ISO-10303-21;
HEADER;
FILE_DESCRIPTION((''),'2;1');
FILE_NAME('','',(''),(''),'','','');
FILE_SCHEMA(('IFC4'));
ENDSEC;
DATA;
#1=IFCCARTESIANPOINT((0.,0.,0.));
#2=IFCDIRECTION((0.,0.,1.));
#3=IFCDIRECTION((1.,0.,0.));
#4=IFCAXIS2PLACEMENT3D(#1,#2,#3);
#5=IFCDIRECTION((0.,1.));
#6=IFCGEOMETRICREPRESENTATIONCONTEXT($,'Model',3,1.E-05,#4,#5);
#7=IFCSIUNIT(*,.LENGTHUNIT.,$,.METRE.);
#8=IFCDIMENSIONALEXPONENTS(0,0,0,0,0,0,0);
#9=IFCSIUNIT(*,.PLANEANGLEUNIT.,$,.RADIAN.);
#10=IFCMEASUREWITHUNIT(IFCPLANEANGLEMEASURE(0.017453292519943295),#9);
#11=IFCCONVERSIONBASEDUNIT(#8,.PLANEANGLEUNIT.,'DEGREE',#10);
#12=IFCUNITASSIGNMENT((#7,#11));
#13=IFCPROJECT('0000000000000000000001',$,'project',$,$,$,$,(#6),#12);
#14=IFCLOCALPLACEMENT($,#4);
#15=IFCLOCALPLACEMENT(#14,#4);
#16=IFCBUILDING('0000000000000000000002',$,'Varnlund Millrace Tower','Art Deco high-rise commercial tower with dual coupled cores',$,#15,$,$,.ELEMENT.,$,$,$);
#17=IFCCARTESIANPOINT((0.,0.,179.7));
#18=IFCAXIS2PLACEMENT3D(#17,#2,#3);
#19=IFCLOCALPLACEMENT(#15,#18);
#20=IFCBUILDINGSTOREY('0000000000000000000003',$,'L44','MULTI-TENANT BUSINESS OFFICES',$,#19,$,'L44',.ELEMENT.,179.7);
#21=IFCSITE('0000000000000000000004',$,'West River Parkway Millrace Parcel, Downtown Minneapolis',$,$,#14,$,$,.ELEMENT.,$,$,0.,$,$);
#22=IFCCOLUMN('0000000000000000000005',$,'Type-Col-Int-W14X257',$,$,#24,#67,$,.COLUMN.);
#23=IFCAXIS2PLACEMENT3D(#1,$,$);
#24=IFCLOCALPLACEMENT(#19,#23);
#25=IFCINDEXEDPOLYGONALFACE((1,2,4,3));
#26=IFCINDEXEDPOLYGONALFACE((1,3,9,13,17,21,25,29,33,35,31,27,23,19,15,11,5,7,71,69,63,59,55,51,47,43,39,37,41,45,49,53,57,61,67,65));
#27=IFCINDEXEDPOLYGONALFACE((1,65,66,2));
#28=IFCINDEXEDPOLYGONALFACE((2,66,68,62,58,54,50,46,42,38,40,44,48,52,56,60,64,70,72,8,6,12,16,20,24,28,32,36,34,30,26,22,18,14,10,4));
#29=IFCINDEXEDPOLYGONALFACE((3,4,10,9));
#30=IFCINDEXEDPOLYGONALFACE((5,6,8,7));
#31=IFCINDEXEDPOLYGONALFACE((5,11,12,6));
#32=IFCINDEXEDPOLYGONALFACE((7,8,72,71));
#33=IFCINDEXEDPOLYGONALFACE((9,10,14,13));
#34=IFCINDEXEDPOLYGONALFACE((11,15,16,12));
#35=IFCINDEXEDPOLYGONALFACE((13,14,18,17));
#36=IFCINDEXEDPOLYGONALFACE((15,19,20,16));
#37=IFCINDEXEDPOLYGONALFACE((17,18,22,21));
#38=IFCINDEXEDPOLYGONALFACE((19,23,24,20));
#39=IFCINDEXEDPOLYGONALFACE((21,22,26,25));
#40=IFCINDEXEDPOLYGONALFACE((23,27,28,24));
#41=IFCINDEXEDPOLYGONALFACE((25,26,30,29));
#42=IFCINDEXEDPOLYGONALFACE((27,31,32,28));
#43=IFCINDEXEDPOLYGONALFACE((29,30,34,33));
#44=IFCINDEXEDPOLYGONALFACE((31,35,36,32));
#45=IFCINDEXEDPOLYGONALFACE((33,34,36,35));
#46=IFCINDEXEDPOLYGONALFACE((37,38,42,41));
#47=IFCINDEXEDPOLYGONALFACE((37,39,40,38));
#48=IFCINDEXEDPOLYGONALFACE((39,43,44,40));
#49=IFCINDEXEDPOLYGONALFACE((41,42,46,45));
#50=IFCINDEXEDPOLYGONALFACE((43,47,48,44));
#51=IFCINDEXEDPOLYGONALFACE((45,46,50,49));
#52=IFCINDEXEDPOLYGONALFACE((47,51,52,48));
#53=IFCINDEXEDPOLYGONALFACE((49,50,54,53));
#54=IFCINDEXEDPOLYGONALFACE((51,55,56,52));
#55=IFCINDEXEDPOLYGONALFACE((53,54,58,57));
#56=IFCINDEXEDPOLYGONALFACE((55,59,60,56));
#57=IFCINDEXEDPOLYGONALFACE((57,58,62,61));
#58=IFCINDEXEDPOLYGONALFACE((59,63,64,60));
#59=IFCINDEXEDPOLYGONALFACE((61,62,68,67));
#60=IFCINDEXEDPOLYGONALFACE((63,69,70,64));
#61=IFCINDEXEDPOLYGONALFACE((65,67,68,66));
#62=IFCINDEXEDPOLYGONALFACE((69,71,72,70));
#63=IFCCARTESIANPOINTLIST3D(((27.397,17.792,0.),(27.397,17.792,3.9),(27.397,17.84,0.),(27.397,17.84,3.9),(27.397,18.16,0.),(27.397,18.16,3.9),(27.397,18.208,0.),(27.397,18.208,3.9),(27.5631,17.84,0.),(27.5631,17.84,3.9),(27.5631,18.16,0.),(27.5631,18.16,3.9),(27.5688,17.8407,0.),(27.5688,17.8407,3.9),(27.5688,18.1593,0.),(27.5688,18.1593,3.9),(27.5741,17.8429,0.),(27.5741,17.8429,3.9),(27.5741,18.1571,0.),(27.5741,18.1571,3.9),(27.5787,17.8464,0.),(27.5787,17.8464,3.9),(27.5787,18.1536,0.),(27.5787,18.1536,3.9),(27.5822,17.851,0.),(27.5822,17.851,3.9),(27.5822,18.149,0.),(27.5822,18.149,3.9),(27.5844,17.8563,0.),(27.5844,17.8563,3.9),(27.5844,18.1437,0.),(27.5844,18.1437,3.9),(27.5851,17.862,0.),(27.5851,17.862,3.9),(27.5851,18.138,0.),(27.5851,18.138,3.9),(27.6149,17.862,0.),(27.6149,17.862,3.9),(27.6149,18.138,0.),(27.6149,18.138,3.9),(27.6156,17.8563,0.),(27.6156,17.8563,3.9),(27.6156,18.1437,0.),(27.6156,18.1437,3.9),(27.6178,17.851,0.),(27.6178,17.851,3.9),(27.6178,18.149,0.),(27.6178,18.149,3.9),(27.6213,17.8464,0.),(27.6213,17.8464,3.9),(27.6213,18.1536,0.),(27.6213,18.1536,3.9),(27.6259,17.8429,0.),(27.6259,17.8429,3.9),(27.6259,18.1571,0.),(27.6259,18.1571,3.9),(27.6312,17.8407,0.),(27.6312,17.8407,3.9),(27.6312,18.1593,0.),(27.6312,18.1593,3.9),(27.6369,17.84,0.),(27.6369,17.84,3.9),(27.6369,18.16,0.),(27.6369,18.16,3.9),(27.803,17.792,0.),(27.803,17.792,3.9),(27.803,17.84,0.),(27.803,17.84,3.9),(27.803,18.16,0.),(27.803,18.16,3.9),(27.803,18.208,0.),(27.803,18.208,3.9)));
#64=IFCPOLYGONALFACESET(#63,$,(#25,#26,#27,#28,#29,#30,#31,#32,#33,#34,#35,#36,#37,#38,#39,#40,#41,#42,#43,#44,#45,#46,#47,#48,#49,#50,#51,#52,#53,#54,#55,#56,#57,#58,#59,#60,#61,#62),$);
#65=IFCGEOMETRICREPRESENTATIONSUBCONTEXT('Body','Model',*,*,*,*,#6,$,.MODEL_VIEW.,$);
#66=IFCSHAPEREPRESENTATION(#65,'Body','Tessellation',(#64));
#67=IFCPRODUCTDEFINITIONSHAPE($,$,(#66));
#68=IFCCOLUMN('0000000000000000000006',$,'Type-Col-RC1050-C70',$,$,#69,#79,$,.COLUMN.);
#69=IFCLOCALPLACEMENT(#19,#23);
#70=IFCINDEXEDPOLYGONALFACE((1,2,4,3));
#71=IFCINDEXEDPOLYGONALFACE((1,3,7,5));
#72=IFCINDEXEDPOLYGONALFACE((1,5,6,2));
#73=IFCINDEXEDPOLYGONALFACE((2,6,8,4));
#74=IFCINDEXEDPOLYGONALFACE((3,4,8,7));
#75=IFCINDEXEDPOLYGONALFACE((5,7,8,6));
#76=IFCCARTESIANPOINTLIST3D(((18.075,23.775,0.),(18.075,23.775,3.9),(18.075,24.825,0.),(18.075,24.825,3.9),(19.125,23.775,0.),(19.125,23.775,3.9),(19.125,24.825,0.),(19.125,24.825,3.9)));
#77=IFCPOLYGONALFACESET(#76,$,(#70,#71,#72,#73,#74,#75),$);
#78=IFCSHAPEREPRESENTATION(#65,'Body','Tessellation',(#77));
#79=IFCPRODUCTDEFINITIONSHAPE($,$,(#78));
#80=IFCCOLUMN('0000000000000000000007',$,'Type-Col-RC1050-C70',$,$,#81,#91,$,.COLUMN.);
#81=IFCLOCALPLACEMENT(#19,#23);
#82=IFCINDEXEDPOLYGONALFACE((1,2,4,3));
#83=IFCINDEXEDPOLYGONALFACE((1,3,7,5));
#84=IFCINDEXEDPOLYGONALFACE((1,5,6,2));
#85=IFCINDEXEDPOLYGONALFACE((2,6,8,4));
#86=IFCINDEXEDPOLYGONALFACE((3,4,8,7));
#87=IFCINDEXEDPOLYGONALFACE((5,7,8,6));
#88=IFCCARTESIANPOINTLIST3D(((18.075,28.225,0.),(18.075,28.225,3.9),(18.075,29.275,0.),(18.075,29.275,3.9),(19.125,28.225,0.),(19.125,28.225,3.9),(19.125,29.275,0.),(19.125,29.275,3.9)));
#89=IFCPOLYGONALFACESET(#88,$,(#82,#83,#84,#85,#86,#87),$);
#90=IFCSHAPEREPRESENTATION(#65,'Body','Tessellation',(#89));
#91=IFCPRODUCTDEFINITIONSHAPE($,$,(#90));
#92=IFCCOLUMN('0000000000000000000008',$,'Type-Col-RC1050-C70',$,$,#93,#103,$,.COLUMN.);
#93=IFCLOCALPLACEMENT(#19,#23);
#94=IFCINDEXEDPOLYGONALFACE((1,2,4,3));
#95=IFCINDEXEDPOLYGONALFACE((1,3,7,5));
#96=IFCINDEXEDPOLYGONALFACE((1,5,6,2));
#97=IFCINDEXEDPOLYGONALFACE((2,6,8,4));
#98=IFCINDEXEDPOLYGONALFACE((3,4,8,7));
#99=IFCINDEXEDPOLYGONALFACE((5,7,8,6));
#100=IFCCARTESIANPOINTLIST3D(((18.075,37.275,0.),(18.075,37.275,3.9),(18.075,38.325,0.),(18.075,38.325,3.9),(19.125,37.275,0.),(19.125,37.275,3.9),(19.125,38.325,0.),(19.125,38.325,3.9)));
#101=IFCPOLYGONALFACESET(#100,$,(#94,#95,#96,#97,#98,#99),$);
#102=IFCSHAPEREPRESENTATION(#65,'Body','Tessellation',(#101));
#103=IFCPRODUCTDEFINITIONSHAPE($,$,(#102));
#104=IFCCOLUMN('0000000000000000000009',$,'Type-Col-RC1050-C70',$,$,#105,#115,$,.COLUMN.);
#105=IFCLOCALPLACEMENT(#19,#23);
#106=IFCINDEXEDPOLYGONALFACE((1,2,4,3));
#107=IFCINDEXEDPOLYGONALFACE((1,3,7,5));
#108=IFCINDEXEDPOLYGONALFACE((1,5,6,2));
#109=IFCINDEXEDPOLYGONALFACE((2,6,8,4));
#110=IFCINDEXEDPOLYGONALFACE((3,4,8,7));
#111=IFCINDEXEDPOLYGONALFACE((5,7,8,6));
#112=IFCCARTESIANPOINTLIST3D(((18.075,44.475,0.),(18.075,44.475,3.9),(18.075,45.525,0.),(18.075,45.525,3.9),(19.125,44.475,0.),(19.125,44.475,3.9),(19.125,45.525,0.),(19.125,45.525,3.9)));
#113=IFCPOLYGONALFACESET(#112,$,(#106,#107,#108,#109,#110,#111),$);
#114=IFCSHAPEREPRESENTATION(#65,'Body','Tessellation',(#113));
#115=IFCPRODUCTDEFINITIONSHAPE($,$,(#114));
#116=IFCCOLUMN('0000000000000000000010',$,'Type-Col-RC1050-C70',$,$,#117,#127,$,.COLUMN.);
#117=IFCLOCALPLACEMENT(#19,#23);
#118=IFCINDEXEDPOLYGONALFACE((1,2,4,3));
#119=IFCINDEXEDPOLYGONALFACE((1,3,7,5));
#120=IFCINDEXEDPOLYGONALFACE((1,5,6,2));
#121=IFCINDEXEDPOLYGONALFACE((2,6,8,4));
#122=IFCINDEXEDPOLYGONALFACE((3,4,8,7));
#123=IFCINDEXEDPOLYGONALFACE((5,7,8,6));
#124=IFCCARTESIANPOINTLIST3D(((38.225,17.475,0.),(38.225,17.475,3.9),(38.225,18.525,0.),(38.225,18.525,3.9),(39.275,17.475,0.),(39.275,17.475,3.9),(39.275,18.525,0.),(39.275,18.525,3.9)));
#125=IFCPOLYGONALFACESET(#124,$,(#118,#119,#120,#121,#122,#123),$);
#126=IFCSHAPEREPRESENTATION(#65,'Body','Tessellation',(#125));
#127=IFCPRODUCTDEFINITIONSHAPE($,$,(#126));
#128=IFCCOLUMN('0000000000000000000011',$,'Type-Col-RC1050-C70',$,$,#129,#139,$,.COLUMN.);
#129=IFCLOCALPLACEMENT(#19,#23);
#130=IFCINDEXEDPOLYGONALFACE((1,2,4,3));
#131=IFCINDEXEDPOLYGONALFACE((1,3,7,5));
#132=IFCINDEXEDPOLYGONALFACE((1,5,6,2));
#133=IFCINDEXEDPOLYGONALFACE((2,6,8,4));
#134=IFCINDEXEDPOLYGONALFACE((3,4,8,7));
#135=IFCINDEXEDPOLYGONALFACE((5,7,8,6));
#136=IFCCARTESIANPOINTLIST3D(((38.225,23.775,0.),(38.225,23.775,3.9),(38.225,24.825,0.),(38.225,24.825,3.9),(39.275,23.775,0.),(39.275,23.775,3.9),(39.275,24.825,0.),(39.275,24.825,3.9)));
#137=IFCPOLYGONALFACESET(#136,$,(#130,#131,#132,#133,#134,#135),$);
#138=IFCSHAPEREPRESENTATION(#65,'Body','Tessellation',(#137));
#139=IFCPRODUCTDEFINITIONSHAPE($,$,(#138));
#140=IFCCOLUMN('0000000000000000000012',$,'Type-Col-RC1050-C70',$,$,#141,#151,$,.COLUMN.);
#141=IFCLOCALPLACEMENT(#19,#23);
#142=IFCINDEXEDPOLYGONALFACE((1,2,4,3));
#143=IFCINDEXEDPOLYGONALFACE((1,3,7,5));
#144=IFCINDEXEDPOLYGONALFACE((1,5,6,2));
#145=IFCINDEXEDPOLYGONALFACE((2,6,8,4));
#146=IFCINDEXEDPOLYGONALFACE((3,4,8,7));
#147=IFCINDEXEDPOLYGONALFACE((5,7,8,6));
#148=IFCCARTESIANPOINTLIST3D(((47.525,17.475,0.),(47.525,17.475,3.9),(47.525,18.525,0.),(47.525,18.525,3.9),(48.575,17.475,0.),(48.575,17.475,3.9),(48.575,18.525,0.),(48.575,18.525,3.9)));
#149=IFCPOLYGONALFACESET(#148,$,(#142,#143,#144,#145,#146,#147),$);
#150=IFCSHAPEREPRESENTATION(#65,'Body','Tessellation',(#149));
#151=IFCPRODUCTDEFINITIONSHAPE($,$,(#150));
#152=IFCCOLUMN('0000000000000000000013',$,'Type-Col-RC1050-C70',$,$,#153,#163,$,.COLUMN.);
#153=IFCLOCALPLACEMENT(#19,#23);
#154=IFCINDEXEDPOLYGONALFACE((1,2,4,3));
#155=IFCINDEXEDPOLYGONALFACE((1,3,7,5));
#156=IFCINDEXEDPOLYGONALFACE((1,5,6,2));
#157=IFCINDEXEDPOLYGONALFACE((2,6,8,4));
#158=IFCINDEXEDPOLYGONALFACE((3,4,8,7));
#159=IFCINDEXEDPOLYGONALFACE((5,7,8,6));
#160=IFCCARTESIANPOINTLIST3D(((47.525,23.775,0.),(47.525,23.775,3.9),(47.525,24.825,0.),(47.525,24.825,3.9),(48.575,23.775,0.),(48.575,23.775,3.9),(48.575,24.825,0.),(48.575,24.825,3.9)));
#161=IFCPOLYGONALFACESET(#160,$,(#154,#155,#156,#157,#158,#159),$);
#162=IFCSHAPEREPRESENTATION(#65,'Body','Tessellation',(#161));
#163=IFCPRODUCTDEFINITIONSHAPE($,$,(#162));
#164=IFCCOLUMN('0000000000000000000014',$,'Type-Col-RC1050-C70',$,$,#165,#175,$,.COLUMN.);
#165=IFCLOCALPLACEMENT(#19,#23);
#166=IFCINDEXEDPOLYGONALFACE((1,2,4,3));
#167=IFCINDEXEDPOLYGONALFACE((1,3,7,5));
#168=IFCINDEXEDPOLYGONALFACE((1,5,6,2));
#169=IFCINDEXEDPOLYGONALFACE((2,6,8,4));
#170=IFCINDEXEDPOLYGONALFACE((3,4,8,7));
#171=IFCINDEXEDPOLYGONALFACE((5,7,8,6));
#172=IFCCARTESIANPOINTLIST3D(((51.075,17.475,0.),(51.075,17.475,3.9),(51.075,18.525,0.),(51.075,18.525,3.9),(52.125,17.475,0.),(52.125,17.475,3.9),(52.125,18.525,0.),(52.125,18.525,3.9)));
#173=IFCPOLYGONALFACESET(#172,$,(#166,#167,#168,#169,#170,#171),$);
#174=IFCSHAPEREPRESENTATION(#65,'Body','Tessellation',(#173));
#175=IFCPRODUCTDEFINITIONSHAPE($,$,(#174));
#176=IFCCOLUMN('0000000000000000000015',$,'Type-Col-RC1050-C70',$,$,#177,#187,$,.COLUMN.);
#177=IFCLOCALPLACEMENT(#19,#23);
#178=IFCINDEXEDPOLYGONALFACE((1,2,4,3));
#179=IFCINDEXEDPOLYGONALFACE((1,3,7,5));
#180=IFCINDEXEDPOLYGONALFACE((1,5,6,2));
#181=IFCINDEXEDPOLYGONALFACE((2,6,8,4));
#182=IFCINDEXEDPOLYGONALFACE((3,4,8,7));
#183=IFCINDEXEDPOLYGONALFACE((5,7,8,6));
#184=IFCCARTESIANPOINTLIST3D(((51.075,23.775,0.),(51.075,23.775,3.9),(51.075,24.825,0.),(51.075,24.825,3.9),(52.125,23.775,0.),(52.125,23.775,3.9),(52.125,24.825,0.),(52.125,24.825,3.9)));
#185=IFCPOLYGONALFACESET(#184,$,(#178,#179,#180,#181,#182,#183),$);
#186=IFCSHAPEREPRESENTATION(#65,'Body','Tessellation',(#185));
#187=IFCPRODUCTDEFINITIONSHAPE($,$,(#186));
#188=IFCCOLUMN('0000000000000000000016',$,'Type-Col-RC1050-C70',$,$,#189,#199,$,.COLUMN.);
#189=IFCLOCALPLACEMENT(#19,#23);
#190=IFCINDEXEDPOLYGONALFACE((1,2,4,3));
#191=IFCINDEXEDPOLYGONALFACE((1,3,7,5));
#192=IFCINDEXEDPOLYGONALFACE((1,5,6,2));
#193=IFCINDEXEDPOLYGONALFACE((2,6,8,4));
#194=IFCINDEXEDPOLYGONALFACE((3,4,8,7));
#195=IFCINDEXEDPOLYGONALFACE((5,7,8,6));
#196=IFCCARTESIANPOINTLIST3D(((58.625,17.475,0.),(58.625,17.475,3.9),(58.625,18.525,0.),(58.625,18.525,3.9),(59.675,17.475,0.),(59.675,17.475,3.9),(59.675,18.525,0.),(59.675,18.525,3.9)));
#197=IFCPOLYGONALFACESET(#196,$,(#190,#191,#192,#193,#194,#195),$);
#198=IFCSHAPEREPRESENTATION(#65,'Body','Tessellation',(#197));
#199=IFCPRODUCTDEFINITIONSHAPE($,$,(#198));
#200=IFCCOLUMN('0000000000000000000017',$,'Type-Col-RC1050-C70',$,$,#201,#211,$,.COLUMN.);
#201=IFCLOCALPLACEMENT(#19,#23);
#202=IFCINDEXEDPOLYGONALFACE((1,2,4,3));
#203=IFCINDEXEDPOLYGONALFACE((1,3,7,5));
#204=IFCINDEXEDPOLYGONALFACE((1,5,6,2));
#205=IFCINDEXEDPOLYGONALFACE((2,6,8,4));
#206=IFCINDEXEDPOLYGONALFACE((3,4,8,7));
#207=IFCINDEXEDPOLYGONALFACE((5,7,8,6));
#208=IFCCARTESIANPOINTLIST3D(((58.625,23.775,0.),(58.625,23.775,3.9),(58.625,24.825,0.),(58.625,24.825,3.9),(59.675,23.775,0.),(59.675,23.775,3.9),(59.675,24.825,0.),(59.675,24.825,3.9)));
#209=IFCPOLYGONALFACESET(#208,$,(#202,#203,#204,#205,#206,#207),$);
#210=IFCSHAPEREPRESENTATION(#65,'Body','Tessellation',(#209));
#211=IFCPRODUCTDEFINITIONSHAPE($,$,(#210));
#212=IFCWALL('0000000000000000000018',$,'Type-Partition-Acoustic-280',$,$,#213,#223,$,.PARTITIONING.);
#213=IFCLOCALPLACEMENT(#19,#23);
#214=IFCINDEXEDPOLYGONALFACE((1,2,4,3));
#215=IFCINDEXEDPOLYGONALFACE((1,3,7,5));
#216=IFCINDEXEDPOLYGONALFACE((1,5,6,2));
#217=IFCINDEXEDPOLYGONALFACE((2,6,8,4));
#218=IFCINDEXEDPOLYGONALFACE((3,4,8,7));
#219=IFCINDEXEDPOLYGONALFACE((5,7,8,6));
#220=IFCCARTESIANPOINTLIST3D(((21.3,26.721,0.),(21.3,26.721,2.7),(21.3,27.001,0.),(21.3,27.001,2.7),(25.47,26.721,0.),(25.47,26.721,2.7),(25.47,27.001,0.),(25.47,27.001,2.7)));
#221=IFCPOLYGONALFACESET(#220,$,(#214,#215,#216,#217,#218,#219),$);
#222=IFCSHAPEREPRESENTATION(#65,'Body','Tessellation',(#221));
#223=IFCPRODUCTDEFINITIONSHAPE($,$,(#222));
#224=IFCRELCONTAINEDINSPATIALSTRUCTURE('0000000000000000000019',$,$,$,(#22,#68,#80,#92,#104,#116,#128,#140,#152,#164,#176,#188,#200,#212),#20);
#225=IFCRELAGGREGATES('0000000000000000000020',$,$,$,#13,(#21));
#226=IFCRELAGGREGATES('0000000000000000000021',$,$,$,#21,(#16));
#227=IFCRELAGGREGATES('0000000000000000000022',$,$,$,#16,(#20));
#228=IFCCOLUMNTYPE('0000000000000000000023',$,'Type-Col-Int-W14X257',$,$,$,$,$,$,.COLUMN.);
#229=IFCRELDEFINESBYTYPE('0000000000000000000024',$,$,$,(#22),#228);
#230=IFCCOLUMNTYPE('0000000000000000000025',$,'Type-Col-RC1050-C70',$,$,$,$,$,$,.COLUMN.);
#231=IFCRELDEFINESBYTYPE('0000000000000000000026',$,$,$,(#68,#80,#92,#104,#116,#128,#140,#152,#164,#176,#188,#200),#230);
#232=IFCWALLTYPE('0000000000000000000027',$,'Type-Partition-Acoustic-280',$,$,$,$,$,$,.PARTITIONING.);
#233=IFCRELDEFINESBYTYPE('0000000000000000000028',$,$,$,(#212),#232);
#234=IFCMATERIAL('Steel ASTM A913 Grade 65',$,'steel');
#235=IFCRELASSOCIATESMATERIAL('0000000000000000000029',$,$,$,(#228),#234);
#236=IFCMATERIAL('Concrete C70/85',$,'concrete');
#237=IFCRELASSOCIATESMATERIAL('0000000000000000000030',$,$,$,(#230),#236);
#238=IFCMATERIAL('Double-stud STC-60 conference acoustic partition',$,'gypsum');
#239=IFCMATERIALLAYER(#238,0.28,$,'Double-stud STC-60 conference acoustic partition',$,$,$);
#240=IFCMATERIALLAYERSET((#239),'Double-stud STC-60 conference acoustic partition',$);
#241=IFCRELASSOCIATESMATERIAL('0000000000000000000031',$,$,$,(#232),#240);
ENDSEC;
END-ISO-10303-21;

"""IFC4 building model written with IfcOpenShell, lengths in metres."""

from ifc_helpers import new_model, entity, si_unit, converted_unit, direction, frame, origin_with_axes, origin_2d_with_axis, place, context, subcontext, project, spatial, polyline, rectangle, i_section, outline, extrude, material, layer, layer_set, material_profile, profile_set, type_object, element, save


model = new_model("IFC4")

# Units and contexts
model_context = context("Model", 3, precision=1e-05, world=origin_with_axes(), true_north=direction((0.0, 1.0)))
body_context = subcontext(model_context, "Body", "Model", "MODEL_VIEW")
ifc_project = project(units=[si_unit("LENGTHUNIT", "METRE"), converted_unit("PLANEANGLEUNIT", "DEGREE", entity("IfcPlaneAngleMeasure", 0.017453292519943295), si_unit("PLANEANGLEUNIT", "RADIAN"), dimensions=[0, 0, 0, 0, 0, 0, 0])], contexts=[model_context])

# Site, building, storey
site_placement = place(None, origin_with_axes())
site = spatial("IfcSite", under=ifc_project, at=site_placement, Name="West River Parkway Millrace Parcel, Downtown Minneapolis", CompositionType="ELEMENT", RefElevation=0.0)
building_placement = place(site_placement, origin_with_axes())
building = spatial("IfcBuilding", under=site, at=building_placement, Name="Varnlund Millrace Tower", Description="Art Deco high-rise commercial tower with dual coupled cores", CompositionType="ELEMENT")
storey_placement = place(building_placement, frame((0.0, 0.0, 179.7), z_axis=(0.0, 0.0, 1.0), x_axis=(1.0, 0.0, 0.0)))
storey = spatial("IfcBuildingStorey", under=building, at=storey_placement, Name="L44", Description="MULTI-TENANT BUSINESS OFFICES", LongName="L44", CompositionType="ELEMENT", Elevation=179.7)

# Columns
ifc_material_1 = material(Name="Steel ASTM A913 Grade 65", Category="steel")
ifc_material_profile_1 = material_profile(ifc_material_1, i_section(OverallWidth=0.406, OverallDepth=0.416, WebThickness=0.0298, FlangeThickness=0.048, FilletRadius=0.022, at=origin_2d_with_axis()), Name="Steel ASTM A913 Grade 65")
ifc_profile_set_1 = profile_set([ifc_material_profile_1], Name="Steel ASTM A913 Grade 65")
column_type_1 = type_object("IfcColumnType", Name="Type-Col-Int-W14X257", PredefinedType="COLUMN", material=ifc_profile_set_1)
column_placement = place(storey_placement, frame((27.6, 18.0, 0.0), z_axis=(0.0, 0.0, 1.0), x_axis=(1.0, 0.0, 0.0)))
element("IfcColumn", 1, at=column_placement, inside=storey, type_object=column_type_1, Name="Type-Col-Int-W14X257", PredefinedType="COLUMN", context=body_context, shape_type="SweptSolid", body=[
    extrude(i_section(OverallWidth=0.406, OverallDepth=0.416, WebThickness=0.0298, FlangeThickness=0.048, FilletRadius=0.022, at=origin_2d_with_axis()), origin_with_axes(), (0.0, 0.0, 1.0), 3.9),
])
ifc_material_2 = material(Name="Concrete C70/85", Category="concrete")
ifc_material_profile_2 = material_profile(ifc_material_2, rectangle(XDim=1.05, YDim=1.05, at=origin_2d_with_axis()), Name="Concrete C70/85")
ifc_profile_set_2 = profile_set([ifc_material_profile_2], Name="Concrete C70/85")
column_type_2 = type_object("IfcColumnType", Name="Type-Col-RC1050-C70", PredefinedType="COLUMN", material=ifc_profile_set_2)
for number, where, z_axis, x_axis, name in (
    (2, (18.6, 24.3, 0.0), (0.0, 0.0, 1.0), (1.0, 0.0, 0.0), "Type-Col-RC1050-C70"),
    (3, (18.6, 28.75, 0.0), (0.0, 0.0, 1.0), (1.0, 0.0, 0.0), "Type-Col-RC1050-C70"),
    (4, (18.6, 37.8, 0.0), (0.0, 0.0, 1.0), (1.0, 0.0, 0.0), "Type-Col-RC1050-C70"),
    (5, (18.6, 45.0, 0.0), (0.0, 0.0, 1.0), (1.0, 0.0, 0.0), "Type-Col-RC1050-C70"),
    (6, (38.75, 18.0, 0.0), (0.0, 0.0, 1.0), (1.0, 0.0, 0.0), "Type-Col-RC1050-C70"),
    (7, (38.75, 24.3, 0.0), (0.0, 0.0, 1.0), (1.0, 0.0, 0.0), "Type-Col-RC1050-C70"),
    (8, (48.05, 18.0, 0.0), (0.0, 0.0, 1.0), (1.0, 0.0, 0.0), "Type-Col-RC1050-C70"),
    (9, (48.05, 24.3, 0.0), (0.0, 0.0, 1.0), (1.0, 0.0, 0.0), "Type-Col-RC1050-C70"),
    (10, (51.6, 18.0, 0.0), (0.0, 0.0, 1.0), (1.0, 0.0, 0.0), "Type-Col-RC1050-C70"),
    (11, (51.6, 24.3, 0.0), (0.0, 0.0, 1.0), (1.0, 0.0, 0.0), "Type-Col-RC1050-C70"),
    (12, (59.15, 18.0, 0.0), (0.0, 0.0, 1.0), (1.0, 0.0, 0.0), "Type-Col-RC1050-C70"),
    (13, (59.15, 24.3, 0.0), (0.0, 0.0, 1.0), (1.0, 0.0, 0.0), "Type-Col-RC1050-C70"),
):
    element("IfcColumn", number, at=place(storey_placement, frame(where, z_axis=z_axis, x_axis=x_axis)), inside=storey, type_object=column_type_2, Name=name, PredefinedType="COLUMN", context=body_context, shape_type="SweptSolid", body=[
        extrude(rectangle(XDim=1.05, YDim=1.05, at=origin_2d_with_axis()), origin_with_axes(), (0.0, 0.0, 1.0), 3.9),
    ])

# Wall
ifc_material_3 = material(Name="Double-stud STC-60 conference acoustic partition", Category="gypsum")
ifc_layer_1 = layer(ifc_material_3, 0.28, Name="Double-stud STC-60 conference acoustic partition")
ifc_layer_set_1 = layer_set([ifc_layer_1], Name="Double-stud STC-60 conference acoustic partition")
wall_type_1 = type_object("IfcWallType", Name="Type-Partition-Acoustic-280", PredefinedType="PARTITIONING", material=ifc_layer_set_1)
wall_1_placement = place(storey_placement, frame((21.3, 26.861, 0.0), z_axis=(0.0, 0.0, 1.0), x_axis=(1.0, 0.0, 0.0)))
element("IfcWall", 14, at=wall_1_placement, inside=storey, type_object=wall_type_1, Name="Type-Partition-Acoustic-280", PredefinedType="PARTITIONING", context=body_context, shape_type="SweptSolid", body=[
    extrude(outline(polyline([(0.0, -0.14), (4.17, -0.14), (4.17, 0.14), (0.0, 0.14), (0.0, -0.14)])), origin_with_axes(), (0.0, 0.0, 1.0), 2.7),
])

save(model, "model.ifc")
